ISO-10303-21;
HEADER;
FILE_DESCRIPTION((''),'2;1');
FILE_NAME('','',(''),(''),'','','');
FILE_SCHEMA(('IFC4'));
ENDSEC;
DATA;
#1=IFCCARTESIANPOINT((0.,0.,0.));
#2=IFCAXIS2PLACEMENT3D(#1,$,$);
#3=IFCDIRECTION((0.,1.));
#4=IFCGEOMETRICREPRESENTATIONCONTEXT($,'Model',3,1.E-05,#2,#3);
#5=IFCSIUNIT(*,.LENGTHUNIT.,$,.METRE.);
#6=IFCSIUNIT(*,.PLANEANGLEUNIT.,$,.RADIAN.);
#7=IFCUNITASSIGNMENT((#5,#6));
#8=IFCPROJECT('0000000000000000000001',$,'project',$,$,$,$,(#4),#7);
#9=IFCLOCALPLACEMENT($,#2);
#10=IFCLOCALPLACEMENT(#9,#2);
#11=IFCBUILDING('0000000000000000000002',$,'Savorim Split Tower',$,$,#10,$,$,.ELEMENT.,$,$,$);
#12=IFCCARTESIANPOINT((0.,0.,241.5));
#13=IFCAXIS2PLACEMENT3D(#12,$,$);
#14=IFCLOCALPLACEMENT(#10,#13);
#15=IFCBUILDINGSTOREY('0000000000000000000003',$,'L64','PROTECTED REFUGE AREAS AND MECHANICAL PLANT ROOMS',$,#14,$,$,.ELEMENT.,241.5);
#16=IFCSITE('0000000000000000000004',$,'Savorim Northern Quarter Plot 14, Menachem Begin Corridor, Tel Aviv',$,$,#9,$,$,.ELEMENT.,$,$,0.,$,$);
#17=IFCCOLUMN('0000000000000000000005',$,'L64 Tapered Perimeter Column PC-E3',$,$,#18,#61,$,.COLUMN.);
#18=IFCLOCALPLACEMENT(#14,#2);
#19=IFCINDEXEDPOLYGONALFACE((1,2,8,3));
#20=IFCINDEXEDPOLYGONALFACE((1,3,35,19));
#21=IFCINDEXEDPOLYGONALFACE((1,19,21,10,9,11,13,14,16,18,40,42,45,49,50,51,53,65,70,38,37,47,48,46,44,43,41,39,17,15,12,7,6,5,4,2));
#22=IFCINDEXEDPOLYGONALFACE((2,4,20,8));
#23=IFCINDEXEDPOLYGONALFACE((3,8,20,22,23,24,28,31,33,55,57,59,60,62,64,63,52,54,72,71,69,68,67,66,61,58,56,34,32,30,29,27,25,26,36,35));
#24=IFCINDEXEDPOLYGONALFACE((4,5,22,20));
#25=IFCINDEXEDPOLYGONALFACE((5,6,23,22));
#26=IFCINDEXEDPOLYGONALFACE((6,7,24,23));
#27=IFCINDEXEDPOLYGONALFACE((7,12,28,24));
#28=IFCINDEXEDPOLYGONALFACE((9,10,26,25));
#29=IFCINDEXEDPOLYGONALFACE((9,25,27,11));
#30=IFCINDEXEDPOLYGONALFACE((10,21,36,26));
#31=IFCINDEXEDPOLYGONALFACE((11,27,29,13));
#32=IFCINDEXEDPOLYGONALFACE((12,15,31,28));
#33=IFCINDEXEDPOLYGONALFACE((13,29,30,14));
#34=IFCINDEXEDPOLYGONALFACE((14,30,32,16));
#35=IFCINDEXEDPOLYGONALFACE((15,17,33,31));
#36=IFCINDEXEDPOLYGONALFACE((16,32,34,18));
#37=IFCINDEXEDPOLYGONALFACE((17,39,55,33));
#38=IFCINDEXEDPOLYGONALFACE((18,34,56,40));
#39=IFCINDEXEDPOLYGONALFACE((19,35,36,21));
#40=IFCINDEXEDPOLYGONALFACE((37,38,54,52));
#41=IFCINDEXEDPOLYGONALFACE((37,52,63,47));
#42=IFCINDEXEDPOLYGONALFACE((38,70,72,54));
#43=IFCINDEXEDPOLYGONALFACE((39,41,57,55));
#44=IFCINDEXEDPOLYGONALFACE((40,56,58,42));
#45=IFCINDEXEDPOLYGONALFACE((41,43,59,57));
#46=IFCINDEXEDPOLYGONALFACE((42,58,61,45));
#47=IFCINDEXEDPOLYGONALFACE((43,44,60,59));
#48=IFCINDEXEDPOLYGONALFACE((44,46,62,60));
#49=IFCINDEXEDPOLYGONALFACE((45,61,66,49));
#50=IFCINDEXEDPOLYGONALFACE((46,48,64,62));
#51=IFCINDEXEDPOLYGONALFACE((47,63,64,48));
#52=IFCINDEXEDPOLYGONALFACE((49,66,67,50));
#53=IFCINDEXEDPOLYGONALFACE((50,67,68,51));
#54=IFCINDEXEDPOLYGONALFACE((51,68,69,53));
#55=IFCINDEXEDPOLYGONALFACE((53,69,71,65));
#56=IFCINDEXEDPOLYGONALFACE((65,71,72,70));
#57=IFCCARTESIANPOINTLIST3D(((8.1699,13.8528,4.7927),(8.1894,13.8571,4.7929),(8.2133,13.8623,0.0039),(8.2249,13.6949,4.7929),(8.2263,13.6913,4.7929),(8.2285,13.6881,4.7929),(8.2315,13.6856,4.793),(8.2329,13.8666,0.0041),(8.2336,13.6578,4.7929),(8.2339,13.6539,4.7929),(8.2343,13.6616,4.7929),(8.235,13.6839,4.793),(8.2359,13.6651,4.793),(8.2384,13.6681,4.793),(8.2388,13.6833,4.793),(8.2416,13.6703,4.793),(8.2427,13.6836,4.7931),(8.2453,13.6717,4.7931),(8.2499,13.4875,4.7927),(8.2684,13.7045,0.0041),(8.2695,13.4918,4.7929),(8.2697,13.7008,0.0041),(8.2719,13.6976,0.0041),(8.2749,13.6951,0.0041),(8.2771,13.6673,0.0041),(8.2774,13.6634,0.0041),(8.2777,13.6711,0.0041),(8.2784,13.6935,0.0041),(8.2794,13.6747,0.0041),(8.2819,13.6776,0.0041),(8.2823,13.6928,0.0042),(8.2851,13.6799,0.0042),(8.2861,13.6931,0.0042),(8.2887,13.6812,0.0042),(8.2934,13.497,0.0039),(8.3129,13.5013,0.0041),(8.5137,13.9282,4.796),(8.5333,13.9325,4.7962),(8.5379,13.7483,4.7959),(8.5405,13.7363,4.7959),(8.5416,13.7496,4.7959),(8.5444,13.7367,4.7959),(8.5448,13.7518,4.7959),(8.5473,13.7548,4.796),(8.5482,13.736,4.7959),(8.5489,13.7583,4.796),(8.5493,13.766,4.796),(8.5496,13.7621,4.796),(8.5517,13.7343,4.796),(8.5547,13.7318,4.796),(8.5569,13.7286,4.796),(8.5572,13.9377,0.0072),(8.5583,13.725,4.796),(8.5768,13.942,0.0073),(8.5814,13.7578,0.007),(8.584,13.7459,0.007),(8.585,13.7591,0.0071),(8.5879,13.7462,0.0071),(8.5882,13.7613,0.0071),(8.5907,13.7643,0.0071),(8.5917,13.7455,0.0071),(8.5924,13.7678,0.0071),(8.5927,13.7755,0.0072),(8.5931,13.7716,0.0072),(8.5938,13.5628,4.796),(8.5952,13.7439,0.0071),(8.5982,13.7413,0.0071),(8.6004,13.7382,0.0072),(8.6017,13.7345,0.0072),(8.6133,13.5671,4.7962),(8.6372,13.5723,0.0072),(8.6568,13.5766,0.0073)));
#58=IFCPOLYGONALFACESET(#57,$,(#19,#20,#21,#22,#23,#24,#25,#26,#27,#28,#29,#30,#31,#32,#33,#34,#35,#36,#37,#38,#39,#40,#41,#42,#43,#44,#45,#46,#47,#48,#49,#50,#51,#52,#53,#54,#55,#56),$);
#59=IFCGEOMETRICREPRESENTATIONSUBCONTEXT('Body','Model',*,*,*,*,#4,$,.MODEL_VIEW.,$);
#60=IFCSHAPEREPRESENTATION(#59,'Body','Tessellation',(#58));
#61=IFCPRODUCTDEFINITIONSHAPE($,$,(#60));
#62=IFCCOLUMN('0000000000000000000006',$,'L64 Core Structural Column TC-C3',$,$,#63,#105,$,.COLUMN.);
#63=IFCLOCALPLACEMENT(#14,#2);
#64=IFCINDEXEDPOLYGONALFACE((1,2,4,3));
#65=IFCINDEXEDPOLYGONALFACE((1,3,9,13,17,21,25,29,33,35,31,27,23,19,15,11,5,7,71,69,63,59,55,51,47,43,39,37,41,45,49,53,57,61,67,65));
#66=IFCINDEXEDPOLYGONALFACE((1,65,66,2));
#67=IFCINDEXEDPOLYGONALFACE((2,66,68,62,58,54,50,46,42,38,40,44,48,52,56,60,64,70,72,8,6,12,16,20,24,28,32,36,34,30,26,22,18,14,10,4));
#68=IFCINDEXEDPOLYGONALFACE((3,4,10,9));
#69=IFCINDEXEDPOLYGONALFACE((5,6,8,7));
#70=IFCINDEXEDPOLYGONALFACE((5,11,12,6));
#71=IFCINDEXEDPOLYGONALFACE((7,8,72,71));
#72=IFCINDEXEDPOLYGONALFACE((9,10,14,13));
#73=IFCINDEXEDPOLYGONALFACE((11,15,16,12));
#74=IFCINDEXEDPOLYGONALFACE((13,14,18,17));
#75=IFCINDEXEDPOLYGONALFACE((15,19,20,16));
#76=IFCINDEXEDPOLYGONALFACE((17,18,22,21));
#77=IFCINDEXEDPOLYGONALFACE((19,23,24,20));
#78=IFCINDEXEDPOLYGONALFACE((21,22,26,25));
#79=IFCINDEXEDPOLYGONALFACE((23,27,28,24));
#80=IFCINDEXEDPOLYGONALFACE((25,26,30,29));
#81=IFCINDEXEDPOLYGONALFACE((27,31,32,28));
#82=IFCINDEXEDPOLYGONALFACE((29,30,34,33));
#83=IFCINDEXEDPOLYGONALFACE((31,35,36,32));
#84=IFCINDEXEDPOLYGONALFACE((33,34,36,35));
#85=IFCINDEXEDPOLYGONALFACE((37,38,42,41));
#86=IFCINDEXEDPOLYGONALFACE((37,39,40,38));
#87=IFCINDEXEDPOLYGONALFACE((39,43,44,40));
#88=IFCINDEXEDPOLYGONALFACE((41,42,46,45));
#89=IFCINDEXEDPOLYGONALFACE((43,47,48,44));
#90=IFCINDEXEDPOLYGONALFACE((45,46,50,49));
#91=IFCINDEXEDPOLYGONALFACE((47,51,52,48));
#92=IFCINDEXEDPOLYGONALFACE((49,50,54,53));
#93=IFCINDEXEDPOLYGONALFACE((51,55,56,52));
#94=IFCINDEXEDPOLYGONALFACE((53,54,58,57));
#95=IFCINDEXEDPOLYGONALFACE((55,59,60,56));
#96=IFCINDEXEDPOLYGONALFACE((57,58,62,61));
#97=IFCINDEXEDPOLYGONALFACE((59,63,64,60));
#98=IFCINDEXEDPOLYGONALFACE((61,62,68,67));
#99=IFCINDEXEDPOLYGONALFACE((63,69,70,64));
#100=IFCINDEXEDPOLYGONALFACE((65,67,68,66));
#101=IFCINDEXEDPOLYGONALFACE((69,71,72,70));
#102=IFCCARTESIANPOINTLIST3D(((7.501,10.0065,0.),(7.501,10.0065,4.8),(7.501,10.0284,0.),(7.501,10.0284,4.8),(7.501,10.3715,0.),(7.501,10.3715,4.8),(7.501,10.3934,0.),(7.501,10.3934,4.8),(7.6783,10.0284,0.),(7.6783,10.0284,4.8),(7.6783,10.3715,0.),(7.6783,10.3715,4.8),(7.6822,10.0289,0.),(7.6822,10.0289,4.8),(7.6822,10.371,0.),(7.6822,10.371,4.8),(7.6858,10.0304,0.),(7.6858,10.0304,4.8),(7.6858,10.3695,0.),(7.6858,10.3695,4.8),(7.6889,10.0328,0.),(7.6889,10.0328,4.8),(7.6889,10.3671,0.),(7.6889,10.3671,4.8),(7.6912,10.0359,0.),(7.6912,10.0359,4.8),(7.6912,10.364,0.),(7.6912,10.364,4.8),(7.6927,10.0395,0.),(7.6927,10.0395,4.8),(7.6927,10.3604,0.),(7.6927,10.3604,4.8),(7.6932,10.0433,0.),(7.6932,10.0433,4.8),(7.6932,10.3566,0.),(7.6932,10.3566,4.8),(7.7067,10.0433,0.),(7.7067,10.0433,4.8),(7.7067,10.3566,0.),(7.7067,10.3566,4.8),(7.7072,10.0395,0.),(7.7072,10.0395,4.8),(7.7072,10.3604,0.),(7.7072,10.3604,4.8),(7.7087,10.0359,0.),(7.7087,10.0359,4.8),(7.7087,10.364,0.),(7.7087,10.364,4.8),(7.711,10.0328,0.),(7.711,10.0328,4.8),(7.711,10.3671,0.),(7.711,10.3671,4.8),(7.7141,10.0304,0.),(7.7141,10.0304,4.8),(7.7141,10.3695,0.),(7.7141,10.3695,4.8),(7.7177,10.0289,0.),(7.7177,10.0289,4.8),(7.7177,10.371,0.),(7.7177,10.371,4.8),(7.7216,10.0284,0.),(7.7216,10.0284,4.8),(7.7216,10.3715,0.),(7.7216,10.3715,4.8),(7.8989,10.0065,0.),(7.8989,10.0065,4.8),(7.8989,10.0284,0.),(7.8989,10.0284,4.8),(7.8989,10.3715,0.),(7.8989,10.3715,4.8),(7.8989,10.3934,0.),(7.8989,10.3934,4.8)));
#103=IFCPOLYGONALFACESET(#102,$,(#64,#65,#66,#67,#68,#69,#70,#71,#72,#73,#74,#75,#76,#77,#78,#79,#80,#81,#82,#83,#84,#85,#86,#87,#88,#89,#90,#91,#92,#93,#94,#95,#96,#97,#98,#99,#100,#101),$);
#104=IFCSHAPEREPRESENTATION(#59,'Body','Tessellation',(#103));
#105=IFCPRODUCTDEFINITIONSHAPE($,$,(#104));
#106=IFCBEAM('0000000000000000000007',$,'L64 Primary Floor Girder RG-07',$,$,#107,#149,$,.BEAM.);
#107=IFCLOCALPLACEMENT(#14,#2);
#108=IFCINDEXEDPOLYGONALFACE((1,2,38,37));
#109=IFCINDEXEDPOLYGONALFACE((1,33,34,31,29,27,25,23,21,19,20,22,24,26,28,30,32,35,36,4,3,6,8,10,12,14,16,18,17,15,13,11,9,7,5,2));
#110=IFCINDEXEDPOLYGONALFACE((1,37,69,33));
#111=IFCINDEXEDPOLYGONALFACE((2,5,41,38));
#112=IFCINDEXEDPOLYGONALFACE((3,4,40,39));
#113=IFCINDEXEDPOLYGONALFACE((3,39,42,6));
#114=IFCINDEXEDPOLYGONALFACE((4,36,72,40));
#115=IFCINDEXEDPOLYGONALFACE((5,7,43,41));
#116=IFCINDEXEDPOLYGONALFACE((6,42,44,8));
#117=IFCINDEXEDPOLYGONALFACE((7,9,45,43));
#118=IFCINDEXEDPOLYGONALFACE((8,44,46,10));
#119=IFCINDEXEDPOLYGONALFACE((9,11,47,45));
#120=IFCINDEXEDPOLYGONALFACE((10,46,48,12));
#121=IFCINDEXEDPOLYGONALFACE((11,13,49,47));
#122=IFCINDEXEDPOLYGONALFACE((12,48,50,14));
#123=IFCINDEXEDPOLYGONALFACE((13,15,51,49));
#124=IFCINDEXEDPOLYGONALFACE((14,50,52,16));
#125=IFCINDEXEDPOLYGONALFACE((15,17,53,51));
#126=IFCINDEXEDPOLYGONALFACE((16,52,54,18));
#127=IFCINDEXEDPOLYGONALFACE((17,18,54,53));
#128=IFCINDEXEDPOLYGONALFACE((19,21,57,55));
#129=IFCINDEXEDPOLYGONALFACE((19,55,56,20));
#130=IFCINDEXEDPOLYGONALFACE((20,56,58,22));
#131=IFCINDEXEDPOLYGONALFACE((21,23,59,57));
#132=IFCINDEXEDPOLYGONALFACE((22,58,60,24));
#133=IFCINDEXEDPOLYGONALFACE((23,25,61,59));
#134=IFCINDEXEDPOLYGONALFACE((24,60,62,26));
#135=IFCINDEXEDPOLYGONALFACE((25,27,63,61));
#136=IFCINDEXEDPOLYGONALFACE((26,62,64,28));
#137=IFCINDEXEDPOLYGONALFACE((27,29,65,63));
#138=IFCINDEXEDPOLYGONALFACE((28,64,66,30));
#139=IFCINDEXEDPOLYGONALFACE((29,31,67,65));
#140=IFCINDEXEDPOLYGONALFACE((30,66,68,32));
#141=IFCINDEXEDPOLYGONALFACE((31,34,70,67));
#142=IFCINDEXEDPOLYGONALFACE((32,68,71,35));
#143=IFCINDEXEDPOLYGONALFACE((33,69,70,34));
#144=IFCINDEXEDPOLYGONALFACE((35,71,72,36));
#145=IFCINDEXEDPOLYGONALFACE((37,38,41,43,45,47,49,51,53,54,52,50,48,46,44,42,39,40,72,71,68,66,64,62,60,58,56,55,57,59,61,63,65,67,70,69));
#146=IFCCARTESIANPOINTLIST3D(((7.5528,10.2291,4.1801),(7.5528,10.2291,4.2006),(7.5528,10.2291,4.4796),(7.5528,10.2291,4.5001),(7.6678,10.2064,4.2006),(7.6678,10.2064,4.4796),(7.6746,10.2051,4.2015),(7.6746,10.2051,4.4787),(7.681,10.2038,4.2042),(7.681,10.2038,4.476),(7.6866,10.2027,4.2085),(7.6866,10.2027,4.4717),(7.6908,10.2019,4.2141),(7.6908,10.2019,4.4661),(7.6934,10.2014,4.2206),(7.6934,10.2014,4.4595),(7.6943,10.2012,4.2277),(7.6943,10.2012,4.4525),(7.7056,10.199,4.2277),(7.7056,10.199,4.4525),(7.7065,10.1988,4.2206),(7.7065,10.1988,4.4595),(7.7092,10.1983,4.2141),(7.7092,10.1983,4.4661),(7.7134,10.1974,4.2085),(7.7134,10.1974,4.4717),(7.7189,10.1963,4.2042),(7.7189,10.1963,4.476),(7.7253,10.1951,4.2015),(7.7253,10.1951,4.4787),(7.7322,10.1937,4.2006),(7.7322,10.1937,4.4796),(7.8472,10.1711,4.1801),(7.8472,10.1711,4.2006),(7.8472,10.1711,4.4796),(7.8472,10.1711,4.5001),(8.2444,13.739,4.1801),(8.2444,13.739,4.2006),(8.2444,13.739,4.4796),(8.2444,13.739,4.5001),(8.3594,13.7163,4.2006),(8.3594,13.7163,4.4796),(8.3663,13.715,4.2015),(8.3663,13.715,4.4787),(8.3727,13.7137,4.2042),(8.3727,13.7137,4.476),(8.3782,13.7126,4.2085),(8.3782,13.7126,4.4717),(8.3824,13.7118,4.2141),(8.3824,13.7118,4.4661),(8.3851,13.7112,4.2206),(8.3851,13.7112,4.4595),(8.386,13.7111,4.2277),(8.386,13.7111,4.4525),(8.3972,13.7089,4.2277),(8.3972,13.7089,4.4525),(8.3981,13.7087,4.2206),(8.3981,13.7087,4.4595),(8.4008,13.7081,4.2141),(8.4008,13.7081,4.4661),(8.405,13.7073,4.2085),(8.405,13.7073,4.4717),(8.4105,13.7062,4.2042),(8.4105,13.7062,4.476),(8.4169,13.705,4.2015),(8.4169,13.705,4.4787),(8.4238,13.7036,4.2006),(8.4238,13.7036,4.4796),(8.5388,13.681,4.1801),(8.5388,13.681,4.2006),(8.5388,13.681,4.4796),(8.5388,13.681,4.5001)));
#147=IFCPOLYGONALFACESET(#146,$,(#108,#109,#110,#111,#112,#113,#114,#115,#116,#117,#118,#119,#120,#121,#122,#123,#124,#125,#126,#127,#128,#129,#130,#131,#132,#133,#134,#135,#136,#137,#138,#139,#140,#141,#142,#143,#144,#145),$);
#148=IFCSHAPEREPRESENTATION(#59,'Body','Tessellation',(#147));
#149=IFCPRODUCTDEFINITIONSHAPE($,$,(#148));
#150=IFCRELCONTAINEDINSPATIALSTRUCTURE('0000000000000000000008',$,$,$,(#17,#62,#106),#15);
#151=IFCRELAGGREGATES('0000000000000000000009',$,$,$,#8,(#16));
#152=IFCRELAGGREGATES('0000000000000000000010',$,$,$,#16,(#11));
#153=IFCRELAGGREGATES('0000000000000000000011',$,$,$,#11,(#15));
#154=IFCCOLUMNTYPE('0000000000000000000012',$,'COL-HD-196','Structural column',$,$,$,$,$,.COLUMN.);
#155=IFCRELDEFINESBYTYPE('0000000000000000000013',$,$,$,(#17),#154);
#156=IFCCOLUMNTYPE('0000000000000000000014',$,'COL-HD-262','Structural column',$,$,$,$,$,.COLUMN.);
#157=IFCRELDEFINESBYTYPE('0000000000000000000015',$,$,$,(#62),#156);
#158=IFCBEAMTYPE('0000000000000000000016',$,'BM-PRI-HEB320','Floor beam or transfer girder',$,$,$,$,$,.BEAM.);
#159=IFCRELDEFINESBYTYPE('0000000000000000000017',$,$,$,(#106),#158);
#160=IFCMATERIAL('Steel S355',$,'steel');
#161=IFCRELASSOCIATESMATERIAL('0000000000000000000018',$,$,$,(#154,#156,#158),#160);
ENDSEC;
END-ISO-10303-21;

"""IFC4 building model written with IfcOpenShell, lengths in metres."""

from ifc_helpers import new_model, si_unit, direction, frame, origin, origin_2d, place, context, subcontext, project, spatial, i_section, extrude, material, material_profile, profile_set, type_object, element, save


model = new_model("IFC4")

# Units and contexts
model_context = context("Model", 3, precision=1e-05, world=origin(), true_north=direction((0.0, 1.0)))
body_context = subcontext(model_context, "Body", "Model", "MODEL_VIEW")
ifc_project = project(units=[si_unit("LENGTHUNIT", "METRE"), si_unit("PLANEANGLEUNIT", "RADIAN")], contexts=[model_context])

# Site, building, storey
site_placement = place(None, origin())
site = spatial("IfcSite", under=ifc_project, at=site_placement, Name="Savorim Northern Quarter Plot 14, Menachem Begin Corridor, Tel Aviv", CompositionType="ELEMENT", RefElevation=0.0)
building_placement = place(site_placement, origin())
building = spatial("IfcBuilding", under=site, at=building_placement, Name="Savorim Split Tower", CompositionType="ELEMENT")
storey_placement = place(building_placement, frame((0.0, 0.0, 241.5)))
storey = spatial("IfcBuildingStorey", under=building, at=storey_placement, Name="L64", Description="PROTECTED REFUGE AREAS AND MECHANICAL PLANT ROOMS", CompositionType="ELEMENT", Elevation=241.5)

# Columns
ifc_material_1 = material(Name="Steel S355", Category="steel")
ifc_material_profile_1 = material_profile(ifc_material_1, i_section(OverallWidth=0.374, OverallDepth=0.3721, WebThickness=0.0122, FlangeThickness=0.02, FilletRadius=0.0149, at=origin_2d()), Name="HD 360x196")
ifc_profile_set_1 = profile_set([ifc_material_profile_1], Name="Steel S355")
column_type_1 = type_object("IfcColumnType", Name="COL-HD-196", Description="Structural column", PredefinedType="COLUMN", material=ifc_profile_set_1)
column_1_placement = place(storey_placement, frame((8.4351, 13.7195, 0.0056), z_axis=(-0.009074, -0.001988, 0.999957), x_axis=(0.214024, -0.976828, 0.0)))
element("IfcColumn", 1, at=column_1_placement, inside=storey, type_object=column_type_1, Name="L64 Tapered Perimeter Column PC-E3", PredefinedType="COLUMN", context=body_context, shape_type="SweptSolid", body=[
    extrude(i_section(OverallWidth=0.374, OverallDepth=0.3721, WebThickness=0.0122, FlangeThickness=0.02, FilletRadius=0.0149, at=origin_2d()), origin(), (0.0, 0.0, 1.0), 4.7891),
])
ifc_material_profile_2 = material_profile(ifc_material_1, i_section(OverallWidth=0.3979, OverallDepth=0.387, WebThickness=0.0134, FlangeThickness=0.022, FilletRadius=0.0149, at=origin_2d()), Name="HD 400x262")
ifc_profile_set_2 = profile_set([ifc_material_profile_2], Name="Steel S355")
column_type_2 = type_object("IfcColumnType", Name="COL-HD-262", Description="Structural column", PredefinedType="COLUMN", material=ifc_profile_set_2)
column_2_placement = place(storey_placement, frame((7.7, 10.2, 0.0), z_axis=(0.0, 0.0, 1.0), x_axis=(1.0, 0.0, 0.0)))
element("IfcColumn", 2, at=column_2_placement, inside=storey, type_object=column_type_2, Name="L64 Core Structural Column TC-C3", PredefinedType="COLUMN", context=body_context, shape_type="SweptSolid", body=[
    extrude(i_section(OverallWidth=0.3979, OverallDepth=0.387, WebThickness=0.0134, FlangeThickness=0.022, FilletRadius=0.0149, at=origin_2d()), origin(), (0.0, 0.0, 1.0), 4.8),
])

# Beam
ifc_material_profile_3 = material_profile(ifc_material_1, i_section(OverallWidth=0.3, OverallDepth=0.3201, WebThickness=0.0115, FlangeThickness=0.0205, FilletRadius=0.0271, at=origin_2d()), Name="HEB 320")
ifc_profile_set_3 = profile_set([ifc_material_profile_3], Name="Steel S355")
beam_type_1 = type_object("IfcBeamType", Name="BM-PRI-HEB320", Description="Floor beam or transfer girder", PredefinedType="BEAM", material=ifc_profile_set_3)
beam_1_placement = place(storey_placement, frame((8.3916, 13.71, 4.3401), z_axis=(-0.193333, -0.981133, 0.0), x_axis=(0.981133, -0.193333, 0.0)))
element("IfcBeam", 3, at=beam_1_placement, inside=storey, type_object=beam_type_1, Name="L64 Primary Floor Girder RG-07", PredefinedType="BEAM", context=body_context, shape_type="SweptSolid", body=[
    extrude(i_section(OverallWidth=0.3, OverallDepth=0.3201, WebThickness=0.0115, FlangeThickness=0.0205, FilletRadius=0.0271, at=origin_2d()), origin(), (0.0, 0.0, 1.0), 3.5774),
])

save(model, "model.ifc")
